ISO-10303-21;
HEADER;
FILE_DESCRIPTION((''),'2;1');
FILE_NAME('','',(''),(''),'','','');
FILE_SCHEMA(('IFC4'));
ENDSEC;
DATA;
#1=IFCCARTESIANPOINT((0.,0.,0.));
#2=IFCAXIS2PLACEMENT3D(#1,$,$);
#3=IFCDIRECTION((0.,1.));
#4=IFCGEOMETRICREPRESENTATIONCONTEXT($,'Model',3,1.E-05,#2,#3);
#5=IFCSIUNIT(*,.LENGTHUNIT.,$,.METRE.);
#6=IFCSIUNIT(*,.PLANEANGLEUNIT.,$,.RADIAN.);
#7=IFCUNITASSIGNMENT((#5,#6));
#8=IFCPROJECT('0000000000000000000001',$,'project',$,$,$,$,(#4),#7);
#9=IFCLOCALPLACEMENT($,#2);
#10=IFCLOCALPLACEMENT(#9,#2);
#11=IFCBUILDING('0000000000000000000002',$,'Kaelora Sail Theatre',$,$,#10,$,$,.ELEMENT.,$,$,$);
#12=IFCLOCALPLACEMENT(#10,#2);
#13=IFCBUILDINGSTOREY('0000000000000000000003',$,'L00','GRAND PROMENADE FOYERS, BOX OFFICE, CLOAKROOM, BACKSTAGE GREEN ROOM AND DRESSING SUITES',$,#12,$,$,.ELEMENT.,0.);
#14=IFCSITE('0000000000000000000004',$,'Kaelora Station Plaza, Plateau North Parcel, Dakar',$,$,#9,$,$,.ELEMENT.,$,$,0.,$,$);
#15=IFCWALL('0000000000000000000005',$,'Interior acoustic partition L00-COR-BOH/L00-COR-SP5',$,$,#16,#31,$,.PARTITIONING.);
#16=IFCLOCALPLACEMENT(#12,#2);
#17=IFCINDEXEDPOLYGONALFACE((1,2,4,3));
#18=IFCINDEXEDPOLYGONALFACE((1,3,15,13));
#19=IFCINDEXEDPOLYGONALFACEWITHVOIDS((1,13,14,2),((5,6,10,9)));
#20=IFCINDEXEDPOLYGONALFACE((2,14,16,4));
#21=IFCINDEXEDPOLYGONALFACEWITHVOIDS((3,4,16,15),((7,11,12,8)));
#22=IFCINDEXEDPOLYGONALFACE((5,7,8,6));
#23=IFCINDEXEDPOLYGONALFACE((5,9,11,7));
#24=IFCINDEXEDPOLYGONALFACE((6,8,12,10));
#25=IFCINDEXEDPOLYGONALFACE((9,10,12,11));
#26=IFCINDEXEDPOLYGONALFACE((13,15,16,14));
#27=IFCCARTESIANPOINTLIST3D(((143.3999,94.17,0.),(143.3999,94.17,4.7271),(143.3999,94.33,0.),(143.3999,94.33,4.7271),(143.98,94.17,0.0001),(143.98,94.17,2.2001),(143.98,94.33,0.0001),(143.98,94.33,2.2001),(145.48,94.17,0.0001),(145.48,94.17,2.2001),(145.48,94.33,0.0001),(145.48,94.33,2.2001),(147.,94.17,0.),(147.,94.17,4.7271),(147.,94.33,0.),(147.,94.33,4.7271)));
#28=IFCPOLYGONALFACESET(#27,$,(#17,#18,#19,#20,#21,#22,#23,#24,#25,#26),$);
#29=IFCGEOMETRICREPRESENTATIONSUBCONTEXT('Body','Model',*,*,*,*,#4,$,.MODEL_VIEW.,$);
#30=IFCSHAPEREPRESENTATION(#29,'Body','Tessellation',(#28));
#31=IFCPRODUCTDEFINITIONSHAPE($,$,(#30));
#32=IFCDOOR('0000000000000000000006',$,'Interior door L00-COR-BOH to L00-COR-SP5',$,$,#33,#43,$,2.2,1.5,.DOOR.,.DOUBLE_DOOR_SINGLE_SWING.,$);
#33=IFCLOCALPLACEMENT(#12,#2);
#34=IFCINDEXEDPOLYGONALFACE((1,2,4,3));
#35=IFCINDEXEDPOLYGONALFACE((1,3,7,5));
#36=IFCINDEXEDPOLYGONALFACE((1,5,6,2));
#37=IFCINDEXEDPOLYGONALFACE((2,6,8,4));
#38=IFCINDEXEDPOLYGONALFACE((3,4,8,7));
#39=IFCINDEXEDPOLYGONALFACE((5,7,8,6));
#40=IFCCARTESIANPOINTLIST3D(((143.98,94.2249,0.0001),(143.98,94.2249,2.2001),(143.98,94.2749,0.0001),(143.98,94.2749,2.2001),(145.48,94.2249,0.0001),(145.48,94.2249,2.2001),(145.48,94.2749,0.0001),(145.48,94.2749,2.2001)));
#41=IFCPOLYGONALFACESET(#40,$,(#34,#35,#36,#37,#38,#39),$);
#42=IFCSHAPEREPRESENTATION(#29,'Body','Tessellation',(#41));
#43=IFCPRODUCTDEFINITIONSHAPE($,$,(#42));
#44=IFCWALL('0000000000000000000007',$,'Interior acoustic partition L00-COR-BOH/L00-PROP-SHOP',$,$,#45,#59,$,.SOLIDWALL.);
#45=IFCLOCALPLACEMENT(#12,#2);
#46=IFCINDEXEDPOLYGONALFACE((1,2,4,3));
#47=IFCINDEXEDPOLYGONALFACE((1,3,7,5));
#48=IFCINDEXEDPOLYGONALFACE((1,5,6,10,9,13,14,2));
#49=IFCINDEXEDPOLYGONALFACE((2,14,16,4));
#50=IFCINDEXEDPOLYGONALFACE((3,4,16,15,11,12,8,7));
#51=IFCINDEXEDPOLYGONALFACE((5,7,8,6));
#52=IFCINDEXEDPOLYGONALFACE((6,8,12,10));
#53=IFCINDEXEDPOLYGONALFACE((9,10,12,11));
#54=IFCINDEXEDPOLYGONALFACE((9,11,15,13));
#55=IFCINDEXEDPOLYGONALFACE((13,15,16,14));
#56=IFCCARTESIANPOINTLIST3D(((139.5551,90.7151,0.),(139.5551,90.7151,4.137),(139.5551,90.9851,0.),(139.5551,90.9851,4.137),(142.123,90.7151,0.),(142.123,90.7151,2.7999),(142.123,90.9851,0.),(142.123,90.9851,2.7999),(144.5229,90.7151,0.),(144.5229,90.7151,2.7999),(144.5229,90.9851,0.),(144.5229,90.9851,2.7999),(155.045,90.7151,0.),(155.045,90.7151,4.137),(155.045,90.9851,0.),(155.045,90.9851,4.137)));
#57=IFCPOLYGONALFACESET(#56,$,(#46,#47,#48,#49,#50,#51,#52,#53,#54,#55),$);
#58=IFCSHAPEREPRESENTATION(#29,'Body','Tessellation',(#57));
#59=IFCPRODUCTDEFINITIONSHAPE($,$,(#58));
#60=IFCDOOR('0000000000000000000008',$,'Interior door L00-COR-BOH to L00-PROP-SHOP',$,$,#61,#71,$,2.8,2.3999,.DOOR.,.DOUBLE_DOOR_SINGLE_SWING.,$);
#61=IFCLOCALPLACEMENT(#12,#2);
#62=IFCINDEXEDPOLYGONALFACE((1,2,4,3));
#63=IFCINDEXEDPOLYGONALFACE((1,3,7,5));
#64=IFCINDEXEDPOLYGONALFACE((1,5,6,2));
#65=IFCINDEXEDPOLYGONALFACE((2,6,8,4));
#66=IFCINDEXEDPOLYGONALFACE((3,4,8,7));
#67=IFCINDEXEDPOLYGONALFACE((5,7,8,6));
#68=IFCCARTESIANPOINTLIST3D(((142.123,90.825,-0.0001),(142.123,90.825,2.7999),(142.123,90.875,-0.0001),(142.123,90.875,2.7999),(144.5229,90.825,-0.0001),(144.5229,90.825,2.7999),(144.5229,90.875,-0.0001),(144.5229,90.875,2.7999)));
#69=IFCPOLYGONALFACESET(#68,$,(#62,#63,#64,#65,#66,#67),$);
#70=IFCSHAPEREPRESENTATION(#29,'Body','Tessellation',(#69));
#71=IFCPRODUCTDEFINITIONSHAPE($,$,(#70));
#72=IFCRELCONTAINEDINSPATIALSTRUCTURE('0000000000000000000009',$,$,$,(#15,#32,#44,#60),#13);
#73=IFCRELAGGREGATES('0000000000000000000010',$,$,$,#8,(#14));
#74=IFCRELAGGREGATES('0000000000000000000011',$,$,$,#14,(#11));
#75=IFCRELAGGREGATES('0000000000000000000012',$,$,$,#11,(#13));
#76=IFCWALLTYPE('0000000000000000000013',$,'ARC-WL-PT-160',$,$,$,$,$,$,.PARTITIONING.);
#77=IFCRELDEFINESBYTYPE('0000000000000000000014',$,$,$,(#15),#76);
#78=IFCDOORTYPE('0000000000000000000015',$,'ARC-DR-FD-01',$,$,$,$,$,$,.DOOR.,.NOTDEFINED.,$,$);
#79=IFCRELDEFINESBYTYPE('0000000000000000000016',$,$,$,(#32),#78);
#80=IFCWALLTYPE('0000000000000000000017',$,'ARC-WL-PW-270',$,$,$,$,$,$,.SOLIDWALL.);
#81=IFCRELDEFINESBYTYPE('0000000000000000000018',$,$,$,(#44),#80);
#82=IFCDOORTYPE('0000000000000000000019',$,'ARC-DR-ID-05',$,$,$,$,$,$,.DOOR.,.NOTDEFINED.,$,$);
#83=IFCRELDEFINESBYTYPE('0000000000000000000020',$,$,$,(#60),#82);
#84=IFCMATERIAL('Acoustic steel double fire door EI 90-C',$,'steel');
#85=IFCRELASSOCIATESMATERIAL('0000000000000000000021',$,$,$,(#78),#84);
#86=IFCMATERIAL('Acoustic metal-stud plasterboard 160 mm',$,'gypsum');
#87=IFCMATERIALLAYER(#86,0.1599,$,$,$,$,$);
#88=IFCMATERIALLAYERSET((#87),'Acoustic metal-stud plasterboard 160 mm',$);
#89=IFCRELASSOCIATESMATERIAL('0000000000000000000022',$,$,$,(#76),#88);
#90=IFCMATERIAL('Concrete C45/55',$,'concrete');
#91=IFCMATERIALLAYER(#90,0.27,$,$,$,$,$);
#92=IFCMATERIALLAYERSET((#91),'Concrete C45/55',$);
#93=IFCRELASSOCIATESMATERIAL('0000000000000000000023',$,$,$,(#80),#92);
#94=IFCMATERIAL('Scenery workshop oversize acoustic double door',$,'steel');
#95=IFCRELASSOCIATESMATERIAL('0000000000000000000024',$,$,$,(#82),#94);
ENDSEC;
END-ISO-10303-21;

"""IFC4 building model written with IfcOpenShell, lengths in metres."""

from ifc_helpers import new_model, si_unit, direction, frame, frame_2d, origin, place, context, subcontext, project, spatial, rectangle, extrude, material, layer, layer_set, type_object, element, fill, save


model = new_model("IFC4")

# Units and contexts
model_context = context("Model", 3, precision=1e-05, world=origin(), true_north=direction((0.0, 1.0)))
body_context = subcontext(model_context, "Body", "Model", "MODEL_VIEW")
ifc_project = project(units=[si_unit("LENGTHUNIT", "METRE"), si_unit("PLANEANGLEUNIT", "RADIAN")], contexts=[model_context])

# Site, building, storey
site_placement = place(None, origin())
site = spatial("IfcSite", under=ifc_project, at=site_placement, Name="Kaelora Station Plaza, Plateau North Parcel, Dakar", CompositionType="ELEMENT", RefElevation=0.0)
building_placement = place(site_placement, origin())
building = spatial("IfcBuilding", under=site, at=building_placement, Name="Kaelora Sail Theatre", CompositionType="ELEMENT")
storey_placement = place(building_placement, origin())
storey = spatial("IfcBuildingStorey", under=building, at=storey_placement, Name="L00", Description="GRAND PROMENADE FOYERS, BOX OFFICE, CLOAKROOM, BACKSTAGE GREEN ROOM AND DRESSING SUITES", CompositionType="ELEMENT", Elevation=0.0)

# Walls, openings, doors
ifc_material_1 = material(Name="Acoustic steel double fire door EI 90-C", Category="steel")
door_type_1 = type_object("IfcDoorType", Name="ARC-DR-FD-01", OperationType="NOTDEFINED", PredefinedType="DOOR", material=ifc_material_1)
ifc_material_2 = material(Name="Acoustic metal-stud plasterboard 160 mm", Category="gypsum")
ifc_layer_1 = layer(ifc_material_2, 0.1599)
ifc_layer_set_1 = layer_set([ifc_layer_1], Name="Acoustic metal-stud plasterboard 160 mm")
wall_type_1 = type_object("IfcWallType", Name="ARC-WL-PT-160", PredefinedType="PARTITIONING", material=ifc_layer_set_1)
wall_1_placement = place(storey_placement, frame((143.3999, 94.25, 0.0), z_axis=(0.0, 0.0, 1.0), x_axis=(1.0, 0.0, 0.0)))
wall_1 = element("IfcWall", 1, at=wall_1_placement, inside=storey, type_object=wall_type_1, Name="Interior acoustic partition L00-COR-BOH/L00-COR-SP5", PredefinedType="PARTITIONING", context=body_context, shape_type="SweptSolid", body=[
    extrude(rectangle(XDim=3.6001, YDim=0.1599, at=frame_2d((1.8, 0.0))), origin(), (0.0, 0.0, 1.0), 4.7271),
])
opening_1_placement = place(wall_1_placement, frame((0.5801, 0.0, 0.0)))
opening_1 = element("IfcOpeningElement", 2, at=opening_1_placement, cuts=wall_1, PredefinedType="OPENING", context=body_context, shape_type="SweptSolid", body=[
    extrude(rectangle(XDim=1.5, YDim=2.2, at=frame_2d((0.75, 1.1001))), frame((0.0, 0.0901, 0.0), z_axis=(0.0, -1.0, 0.0), x_axis=(1.0, 0.0, 0.0)), (0.0, 0.0, 1.0), 0.1799),
])
door_1_placement = place(opening_1_placement, origin())
door_1 = element("IfcDoor", 3, at=door_1_placement, inside=storey, type_object=door_type_1, Name="Interior door L00-COR-BOH to L00-COR-SP5", OperationType="DOUBLE_DOOR_SINGLE_SWING", OverallHeight=2.2, OverallWidth=1.5, PredefinedType="DOOR", context=body_context, shape_type="SweptSolid", body=[
    extrude(rectangle(XDim=1.5, YDim=2.2, at=frame_2d((0.75, 1.1001))), frame((0.0, 0.0249, 0.0), z_axis=(0.0, -1.0, 0.0), x_axis=(1.0, 0.0, 0.0)), (0.0, 0.0, 1.0), 0.05),
])
fill(opening_1, door_1)
ifc_material_3 = material(Name="Concrete C45/55", Category="concrete")
ifc_layer_2 = layer(ifc_material_3, 0.27)
ifc_layer_set_2 = layer_set([ifc_layer_2], Name="Concrete C45/55")
wall_type_2 = type_object("IfcWallType", Name="ARC-WL-PW-270", PredefinedType="SOLIDWALL", material=ifc_layer_set_2)
wall_2_placement = place(storey_placement, frame((139.5549, 90.8501, 0.0), z_axis=(0.0, 0.0, 1.0), x_axis=(1.0, 0.0, 0.0)))
wall_2 = element("IfcWall", 4, at=wall_2_placement, inside=storey, type_object=wall_type_2, Name="Interior acoustic partition L00-COR-BOH/L00-PROP-SHOP", PredefinedType="SOLIDWALL", context=body_context, shape_type="SweptSolid", body=[
    extrude(rectangle(XDim=15.49, YDim=0.27, at=frame_2d((7.7451, 0.0))), origin(), (0.0, 0.0, 1.0), 4.137),
])
opening_2_placement = place(wall_2_placement, frame((2.5681, 0.0, 0.0)))
opening_2 = element("IfcOpeningElement", 5, at=opening_2_placement, cuts=wall_2, PredefinedType="OPENING", context=body_context, shape_type="SweptSolid", body=[
    extrude(rectangle(XDim=2.3999, YDim=2.8, at=frame_2d((1.2, 1.3999))), frame((0.0, 0.145, 0.0), z_axis=(0.0, -1.0, 0.0), x_axis=(1.0, 0.0, 0.0)), (0.0, 0.0, 1.0), 0.29),
])
ifc_material_4 = material(Name="Scenery workshop oversize acoustic double door", Category="steel")
door_type_2 = type_object("IfcDoorType", Name="ARC-DR-ID-05", OperationType="NOTDEFINED", PredefinedType="DOOR", material=ifc_material_4)
door_2_placement = place(opening_2_placement, origin())
door_2 = element("IfcDoor", 6, at=door_2_placement, inside=storey, type_object=door_type_2, Name="Interior door L00-COR-BOH to L00-PROP-SHOP", OperationType="DOUBLE_DOOR_SINGLE_SWING", OverallHeight=2.8, OverallWidth=2.3999, PredefinedType="DOOR", context=body_context, shape_type="SweptSolid", body=[
    extrude(rectangle(XDim=2.3999, YDim=2.8, at=frame_2d((1.2, 1.3999))), frame((0.0, 0.0249, 0.0), z_axis=(0.0, -1.0, 0.0), x_axis=(1.0, 0.0, 0.0)), (0.0, 0.0, 1.0), 0.05),
])
fill(opening_2, door_2)

save(model, "model.ifc")
